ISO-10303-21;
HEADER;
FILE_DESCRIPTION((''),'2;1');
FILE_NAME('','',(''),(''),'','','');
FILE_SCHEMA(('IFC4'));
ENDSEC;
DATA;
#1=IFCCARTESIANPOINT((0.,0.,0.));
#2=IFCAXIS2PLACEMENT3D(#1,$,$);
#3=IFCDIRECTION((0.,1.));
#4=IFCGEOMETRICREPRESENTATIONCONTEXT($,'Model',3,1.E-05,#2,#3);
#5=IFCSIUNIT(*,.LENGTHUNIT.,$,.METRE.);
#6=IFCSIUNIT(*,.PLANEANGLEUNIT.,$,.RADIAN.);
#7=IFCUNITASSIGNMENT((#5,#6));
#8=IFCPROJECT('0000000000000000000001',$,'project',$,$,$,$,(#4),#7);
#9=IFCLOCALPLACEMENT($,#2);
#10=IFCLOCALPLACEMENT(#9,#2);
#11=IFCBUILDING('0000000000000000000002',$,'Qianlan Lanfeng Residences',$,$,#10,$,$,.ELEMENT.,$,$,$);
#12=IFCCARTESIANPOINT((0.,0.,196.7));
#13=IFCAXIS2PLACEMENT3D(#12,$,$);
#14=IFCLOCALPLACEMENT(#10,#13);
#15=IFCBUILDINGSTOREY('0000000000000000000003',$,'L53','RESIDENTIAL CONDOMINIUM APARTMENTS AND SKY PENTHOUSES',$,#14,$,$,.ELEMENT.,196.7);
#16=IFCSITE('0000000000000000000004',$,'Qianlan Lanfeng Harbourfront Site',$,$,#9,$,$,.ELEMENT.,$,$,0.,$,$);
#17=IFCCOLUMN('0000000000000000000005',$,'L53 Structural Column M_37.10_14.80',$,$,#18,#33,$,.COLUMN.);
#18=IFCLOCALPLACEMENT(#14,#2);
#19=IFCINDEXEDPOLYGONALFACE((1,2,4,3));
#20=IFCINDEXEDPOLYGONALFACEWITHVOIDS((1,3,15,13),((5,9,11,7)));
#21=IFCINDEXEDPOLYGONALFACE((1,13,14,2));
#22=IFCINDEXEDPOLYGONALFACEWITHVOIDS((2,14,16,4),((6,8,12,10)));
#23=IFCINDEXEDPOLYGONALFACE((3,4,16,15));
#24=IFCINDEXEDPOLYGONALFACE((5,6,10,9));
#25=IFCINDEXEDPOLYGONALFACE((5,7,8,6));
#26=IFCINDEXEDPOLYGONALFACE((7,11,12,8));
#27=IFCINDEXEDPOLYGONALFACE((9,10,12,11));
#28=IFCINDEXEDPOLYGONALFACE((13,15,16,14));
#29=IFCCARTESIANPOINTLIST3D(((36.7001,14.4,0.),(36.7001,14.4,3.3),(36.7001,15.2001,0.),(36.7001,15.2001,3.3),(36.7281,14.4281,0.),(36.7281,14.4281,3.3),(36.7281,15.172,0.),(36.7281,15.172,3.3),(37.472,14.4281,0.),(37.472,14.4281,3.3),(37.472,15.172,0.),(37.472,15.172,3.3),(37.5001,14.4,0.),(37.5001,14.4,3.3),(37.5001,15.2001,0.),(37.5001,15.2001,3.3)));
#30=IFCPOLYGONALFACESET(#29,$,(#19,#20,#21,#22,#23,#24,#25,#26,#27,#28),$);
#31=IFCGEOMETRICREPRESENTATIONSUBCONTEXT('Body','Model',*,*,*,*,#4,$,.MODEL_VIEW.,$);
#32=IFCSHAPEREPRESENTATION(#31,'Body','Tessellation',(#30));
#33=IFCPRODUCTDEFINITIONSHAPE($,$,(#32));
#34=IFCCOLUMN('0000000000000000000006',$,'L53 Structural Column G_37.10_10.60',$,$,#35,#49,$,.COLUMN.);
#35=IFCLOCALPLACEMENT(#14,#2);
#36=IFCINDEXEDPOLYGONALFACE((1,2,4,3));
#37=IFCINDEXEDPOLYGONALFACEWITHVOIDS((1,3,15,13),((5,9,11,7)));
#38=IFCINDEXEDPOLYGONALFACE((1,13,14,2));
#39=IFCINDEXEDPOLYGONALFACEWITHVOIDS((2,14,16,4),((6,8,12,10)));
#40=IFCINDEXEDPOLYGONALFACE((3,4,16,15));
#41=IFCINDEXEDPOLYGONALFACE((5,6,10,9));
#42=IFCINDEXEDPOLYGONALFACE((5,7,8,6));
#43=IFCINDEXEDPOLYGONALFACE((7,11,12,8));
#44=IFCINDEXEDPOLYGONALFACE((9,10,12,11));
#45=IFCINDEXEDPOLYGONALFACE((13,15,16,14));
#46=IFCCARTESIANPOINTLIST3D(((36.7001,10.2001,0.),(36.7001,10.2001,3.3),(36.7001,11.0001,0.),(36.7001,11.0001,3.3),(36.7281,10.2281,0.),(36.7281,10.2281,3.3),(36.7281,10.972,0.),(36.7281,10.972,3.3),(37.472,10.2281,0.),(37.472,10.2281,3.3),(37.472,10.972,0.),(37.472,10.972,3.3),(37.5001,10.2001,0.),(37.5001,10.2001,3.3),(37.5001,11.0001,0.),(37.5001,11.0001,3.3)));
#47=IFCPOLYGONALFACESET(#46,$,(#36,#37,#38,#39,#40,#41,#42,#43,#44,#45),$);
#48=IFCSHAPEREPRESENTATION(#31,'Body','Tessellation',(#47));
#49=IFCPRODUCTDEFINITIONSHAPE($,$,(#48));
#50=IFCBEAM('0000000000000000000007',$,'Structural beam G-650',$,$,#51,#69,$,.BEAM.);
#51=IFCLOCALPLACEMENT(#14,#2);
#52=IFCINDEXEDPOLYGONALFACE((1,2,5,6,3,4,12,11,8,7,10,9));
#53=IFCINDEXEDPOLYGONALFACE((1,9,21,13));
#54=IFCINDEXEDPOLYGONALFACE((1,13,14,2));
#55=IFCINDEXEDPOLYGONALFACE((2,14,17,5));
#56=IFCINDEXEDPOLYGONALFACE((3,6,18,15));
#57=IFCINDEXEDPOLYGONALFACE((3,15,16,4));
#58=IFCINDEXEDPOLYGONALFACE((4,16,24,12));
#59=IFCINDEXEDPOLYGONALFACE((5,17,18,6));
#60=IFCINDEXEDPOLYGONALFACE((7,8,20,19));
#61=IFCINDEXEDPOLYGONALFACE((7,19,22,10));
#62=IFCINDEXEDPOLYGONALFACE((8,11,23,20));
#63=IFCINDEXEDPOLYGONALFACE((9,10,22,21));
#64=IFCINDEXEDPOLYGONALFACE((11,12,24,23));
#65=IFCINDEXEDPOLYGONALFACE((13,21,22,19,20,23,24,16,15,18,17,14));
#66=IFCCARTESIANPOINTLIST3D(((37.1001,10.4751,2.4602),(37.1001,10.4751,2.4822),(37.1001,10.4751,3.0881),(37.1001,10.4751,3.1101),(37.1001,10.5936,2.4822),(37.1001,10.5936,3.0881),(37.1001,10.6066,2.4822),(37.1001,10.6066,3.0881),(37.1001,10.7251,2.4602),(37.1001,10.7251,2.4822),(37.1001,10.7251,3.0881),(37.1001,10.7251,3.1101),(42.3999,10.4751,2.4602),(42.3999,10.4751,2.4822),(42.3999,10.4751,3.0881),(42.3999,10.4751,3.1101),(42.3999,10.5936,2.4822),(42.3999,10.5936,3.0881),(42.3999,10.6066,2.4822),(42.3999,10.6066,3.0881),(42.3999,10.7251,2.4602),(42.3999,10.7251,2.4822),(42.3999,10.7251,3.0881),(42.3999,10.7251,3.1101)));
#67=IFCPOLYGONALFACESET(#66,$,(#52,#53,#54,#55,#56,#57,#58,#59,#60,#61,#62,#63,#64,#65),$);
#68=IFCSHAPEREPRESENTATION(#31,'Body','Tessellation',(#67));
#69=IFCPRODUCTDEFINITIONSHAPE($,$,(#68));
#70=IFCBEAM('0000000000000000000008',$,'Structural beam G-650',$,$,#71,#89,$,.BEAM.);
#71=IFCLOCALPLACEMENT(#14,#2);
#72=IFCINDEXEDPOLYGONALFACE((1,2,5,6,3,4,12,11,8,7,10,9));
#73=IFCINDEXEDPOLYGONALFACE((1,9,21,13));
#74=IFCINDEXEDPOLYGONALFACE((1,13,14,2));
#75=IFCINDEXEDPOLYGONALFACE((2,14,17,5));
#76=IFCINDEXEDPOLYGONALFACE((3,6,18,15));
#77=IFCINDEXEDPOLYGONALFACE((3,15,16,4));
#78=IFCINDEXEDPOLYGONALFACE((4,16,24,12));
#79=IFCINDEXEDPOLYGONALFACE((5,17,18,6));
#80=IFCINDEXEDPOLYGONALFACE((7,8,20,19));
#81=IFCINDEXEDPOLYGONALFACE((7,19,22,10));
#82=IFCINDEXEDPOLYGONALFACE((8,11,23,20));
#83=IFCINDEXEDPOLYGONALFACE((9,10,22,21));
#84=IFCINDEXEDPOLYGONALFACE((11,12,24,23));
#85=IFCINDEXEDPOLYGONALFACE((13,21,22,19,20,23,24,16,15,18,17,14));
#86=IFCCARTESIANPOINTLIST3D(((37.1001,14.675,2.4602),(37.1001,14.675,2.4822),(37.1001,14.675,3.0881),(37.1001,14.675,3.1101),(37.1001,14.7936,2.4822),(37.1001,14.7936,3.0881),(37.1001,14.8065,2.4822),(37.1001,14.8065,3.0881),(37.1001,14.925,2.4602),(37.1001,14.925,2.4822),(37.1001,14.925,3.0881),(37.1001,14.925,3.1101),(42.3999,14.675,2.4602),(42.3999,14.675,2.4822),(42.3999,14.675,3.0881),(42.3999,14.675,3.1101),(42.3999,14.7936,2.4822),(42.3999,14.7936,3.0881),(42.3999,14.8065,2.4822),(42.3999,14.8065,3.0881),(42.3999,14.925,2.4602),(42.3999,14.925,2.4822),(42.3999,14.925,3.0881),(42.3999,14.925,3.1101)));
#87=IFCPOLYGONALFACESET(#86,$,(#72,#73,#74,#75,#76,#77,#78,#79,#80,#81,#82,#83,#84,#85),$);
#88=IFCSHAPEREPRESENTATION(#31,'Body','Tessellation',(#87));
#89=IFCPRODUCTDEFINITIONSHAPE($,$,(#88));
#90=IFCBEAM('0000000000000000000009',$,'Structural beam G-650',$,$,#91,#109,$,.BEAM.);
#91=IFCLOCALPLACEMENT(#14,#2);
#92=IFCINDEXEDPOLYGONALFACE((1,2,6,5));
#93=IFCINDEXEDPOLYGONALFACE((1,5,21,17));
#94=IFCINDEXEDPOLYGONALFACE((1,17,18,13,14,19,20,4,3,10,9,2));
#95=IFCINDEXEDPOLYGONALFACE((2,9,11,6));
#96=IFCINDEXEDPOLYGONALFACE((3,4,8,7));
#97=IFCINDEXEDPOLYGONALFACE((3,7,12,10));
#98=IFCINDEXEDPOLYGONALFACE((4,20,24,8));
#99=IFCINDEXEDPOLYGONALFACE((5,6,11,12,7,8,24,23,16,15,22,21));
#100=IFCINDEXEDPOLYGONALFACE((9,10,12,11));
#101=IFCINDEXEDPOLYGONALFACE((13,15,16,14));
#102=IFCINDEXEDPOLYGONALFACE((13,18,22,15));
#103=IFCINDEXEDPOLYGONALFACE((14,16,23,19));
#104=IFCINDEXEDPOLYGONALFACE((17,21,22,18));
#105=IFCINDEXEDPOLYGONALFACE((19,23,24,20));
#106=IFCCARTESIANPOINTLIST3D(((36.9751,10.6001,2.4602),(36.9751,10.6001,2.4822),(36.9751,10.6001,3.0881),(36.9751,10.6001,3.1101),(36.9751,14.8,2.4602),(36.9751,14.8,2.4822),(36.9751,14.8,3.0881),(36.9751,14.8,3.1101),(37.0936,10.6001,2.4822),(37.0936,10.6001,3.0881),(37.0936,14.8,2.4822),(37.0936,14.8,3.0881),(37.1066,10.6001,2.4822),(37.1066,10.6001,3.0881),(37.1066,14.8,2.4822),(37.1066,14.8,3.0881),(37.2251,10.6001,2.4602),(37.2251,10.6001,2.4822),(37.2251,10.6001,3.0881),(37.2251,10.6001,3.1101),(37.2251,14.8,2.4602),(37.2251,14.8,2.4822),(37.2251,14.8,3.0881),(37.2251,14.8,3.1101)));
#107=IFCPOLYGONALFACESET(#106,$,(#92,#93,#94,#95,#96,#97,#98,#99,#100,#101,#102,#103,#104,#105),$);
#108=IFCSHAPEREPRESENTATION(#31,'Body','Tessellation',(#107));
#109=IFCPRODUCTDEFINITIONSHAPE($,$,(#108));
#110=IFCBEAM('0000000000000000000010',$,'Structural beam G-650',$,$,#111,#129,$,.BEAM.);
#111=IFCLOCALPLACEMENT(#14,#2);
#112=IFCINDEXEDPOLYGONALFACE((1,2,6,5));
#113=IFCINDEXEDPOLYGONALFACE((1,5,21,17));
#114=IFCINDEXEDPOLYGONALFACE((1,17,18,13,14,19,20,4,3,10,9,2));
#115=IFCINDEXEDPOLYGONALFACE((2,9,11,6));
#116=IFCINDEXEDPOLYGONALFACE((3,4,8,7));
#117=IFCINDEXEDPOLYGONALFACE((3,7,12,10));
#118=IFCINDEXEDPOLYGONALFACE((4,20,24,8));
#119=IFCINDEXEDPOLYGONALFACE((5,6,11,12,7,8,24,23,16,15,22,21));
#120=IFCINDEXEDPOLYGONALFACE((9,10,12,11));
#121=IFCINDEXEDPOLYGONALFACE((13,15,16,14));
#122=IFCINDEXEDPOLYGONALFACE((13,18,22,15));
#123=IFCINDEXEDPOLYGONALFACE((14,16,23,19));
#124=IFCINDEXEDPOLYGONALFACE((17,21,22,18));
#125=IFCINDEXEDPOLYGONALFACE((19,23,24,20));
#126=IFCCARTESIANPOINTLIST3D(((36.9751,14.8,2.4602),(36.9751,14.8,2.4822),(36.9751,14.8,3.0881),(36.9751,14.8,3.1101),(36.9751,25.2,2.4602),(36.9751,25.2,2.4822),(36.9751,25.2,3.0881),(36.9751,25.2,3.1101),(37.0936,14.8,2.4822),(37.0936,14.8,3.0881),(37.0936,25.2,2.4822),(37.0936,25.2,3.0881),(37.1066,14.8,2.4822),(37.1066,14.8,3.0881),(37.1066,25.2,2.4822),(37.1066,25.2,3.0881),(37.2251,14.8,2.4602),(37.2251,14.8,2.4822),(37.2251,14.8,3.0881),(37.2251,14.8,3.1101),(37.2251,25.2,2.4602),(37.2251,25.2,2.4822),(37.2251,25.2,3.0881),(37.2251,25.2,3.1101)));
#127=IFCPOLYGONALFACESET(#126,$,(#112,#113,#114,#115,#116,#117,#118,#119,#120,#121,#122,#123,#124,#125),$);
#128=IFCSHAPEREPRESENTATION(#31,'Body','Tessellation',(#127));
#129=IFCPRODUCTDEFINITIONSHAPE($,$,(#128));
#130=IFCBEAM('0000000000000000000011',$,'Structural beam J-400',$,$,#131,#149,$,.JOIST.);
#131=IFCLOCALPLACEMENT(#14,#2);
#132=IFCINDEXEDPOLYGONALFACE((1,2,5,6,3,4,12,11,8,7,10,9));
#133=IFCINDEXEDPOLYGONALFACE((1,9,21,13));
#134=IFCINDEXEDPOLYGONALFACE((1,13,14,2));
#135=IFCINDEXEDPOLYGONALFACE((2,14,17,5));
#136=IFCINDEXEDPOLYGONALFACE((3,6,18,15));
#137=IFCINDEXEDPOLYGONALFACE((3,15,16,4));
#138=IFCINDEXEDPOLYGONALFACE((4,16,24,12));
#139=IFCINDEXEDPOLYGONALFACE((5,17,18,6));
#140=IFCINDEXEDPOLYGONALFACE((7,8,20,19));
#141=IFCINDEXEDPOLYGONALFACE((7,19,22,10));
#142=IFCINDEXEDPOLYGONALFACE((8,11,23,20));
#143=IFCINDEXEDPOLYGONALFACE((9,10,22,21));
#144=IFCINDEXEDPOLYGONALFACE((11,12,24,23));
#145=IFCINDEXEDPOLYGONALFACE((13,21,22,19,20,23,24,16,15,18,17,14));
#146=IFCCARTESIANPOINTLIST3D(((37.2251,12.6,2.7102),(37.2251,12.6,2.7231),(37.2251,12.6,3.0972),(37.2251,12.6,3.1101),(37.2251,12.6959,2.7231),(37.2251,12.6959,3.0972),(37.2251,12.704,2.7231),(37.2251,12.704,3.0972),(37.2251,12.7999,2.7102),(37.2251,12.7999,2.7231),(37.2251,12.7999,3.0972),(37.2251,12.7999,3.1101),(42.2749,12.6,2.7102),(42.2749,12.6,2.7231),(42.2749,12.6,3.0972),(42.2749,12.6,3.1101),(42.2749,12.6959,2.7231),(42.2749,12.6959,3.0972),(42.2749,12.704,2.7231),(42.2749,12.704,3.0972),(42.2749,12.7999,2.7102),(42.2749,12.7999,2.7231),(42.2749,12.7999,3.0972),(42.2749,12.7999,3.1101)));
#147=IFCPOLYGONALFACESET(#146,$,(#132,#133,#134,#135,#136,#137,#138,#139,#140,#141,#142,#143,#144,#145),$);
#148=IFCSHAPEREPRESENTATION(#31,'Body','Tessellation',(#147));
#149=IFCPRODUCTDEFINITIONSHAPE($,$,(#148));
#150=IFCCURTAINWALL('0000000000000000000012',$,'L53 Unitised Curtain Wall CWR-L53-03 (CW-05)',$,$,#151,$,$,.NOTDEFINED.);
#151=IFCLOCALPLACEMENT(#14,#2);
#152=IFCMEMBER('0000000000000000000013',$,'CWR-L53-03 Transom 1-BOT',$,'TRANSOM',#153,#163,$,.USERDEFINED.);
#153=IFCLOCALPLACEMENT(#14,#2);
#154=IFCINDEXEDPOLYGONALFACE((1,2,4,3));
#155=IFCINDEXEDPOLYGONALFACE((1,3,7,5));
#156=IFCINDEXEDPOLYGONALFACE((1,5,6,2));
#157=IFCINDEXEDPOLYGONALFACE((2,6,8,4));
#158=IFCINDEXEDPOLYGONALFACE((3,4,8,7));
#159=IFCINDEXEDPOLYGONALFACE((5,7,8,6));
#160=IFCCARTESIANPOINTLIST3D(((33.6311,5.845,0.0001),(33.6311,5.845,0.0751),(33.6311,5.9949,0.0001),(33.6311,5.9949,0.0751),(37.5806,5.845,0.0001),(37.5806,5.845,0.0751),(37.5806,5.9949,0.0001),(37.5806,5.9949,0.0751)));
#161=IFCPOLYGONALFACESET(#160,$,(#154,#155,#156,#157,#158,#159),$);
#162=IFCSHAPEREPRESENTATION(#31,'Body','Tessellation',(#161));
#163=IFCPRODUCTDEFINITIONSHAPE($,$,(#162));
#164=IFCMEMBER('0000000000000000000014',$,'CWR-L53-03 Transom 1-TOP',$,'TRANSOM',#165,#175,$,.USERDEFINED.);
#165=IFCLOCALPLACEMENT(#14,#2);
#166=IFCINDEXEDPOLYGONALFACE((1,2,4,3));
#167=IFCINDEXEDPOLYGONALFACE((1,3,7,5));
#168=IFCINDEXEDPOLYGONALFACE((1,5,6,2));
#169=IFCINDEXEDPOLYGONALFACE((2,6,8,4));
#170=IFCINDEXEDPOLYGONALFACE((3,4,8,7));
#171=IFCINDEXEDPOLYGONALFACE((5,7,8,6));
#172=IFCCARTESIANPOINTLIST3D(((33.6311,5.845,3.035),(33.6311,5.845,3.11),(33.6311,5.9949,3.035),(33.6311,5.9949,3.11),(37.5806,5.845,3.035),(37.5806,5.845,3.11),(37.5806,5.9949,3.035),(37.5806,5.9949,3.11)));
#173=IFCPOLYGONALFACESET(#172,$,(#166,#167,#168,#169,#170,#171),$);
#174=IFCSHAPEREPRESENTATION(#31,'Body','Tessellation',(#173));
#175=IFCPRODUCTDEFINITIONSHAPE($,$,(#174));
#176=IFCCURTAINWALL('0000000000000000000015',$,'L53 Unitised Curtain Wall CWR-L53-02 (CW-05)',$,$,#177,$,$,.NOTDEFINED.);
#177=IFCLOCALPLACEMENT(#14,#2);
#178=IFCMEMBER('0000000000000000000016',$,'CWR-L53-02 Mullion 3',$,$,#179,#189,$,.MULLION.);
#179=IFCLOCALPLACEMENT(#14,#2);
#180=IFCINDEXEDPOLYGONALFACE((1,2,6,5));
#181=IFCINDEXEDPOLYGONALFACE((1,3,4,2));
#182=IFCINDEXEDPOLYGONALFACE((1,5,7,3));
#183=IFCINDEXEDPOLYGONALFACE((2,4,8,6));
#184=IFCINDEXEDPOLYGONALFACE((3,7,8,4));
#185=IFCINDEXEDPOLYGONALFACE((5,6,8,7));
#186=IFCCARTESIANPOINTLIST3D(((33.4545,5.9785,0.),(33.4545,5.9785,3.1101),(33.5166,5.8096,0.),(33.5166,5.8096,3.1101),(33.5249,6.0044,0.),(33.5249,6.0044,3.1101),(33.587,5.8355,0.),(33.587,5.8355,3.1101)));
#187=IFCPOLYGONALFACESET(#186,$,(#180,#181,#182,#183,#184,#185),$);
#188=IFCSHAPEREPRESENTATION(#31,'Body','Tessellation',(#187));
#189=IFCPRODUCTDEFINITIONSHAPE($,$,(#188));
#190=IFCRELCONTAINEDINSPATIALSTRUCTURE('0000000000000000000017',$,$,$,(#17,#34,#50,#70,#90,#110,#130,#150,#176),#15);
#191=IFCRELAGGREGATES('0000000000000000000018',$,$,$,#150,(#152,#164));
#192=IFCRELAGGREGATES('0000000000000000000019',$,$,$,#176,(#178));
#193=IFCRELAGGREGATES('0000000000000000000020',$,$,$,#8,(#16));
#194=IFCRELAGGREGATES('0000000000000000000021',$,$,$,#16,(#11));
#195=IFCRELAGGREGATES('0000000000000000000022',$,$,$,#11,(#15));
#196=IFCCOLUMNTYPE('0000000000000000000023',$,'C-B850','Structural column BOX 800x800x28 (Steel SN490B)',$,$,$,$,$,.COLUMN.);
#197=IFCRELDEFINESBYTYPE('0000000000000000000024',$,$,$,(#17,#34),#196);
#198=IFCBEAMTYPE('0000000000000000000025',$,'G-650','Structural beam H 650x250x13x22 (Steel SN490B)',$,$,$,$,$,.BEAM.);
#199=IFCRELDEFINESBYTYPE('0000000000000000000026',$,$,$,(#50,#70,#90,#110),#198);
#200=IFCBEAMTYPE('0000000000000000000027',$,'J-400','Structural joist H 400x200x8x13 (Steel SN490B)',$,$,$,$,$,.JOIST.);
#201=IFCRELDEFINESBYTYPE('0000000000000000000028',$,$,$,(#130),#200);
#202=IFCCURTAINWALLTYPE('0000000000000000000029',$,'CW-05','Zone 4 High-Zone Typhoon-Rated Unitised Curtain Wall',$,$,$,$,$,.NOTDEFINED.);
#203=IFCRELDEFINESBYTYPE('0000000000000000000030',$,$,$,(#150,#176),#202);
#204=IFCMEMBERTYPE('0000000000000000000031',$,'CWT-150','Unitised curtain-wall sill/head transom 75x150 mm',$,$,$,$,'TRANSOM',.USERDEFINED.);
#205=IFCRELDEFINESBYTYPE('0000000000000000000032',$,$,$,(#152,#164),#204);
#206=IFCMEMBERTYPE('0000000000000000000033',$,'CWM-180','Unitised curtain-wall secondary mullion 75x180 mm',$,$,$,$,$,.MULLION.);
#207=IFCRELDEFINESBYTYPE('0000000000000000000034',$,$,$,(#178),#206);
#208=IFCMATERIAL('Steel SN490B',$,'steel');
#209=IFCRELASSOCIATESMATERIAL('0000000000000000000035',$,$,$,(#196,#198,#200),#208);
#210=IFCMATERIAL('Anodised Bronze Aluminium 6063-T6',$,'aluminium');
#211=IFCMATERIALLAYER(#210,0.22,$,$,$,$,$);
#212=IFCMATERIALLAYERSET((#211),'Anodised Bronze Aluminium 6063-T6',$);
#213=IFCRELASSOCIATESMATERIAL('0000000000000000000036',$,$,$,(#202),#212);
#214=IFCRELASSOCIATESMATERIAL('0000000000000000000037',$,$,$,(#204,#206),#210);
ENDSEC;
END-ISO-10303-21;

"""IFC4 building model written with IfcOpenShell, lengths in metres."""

from ifc_helpers import new_model, si_unit, direction, frame, origin, origin_2d, place, context, subcontext, project, spatial, rectangle, hollow_rectangle, i_section, extrude, source, transform, mapped, material, layer, layer_set, material_profile, profile_set, type_object, element, aggregate, save


model = new_model("IFC4")

# Units and contexts
model_context = context("Model", 3, precision=1e-05, world=origin(), true_north=direction((0.0, 1.0)))
body_context = subcontext(model_context, "Body", "Model", "MODEL_VIEW")
ifc_project = project(units=[si_unit("LENGTHUNIT", "METRE"), si_unit("PLANEANGLEUNIT", "RADIAN")], contexts=[model_context])

# Site, building, storey
site_placement = place(None, origin())
site = spatial("IfcSite", under=ifc_project, at=site_placement, Name="Qianlan Lanfeng Harbourfront Site", CompositionType="ELEMENT", RefElevation=0.0)
building_placement = place(site_placement, origin())
building = spatial("IfcBuilding", under=site, at=building_placement, Name="Qianlan Lanfeng Residences", CompositionType="ELEMENT")
storey_placement = place(building_placement, frame((0.0, 0.0, 196.7)))
storey = spatial("IfcBuildingStorey", under=building, at=storey_placement, Name="L53", Description="RESIDENTIAL CONDOMINIUM APARTMENTS AND SKY PENTHOUSES", CompositionType="ELEMENT", Elevation=196.7)

# Columns
ifc_material_1 = material(Name="Steel SN490B", Category="steel")
ifc_material_profile_1 = material_profile(ifc_material_1, hollow_rectangle(XDim=0.8, YDim=0.8, WallThickness=0.0281, at=origin_2d()), Name="BOX 800x800x28")
ifc_profile_set_1 = profile_set([ifc_material_profile_1], Name="Steel SN490B")
column_type = type_object("IfcColumnType", Name="C-B850", Description="Structural column BOX 800x800x28 (Steel SN490B)", PredefinedType="COLUMN", material=ifc_profile_set_1)
for number, where, z_axis, x_axis, name in (
    (1, (37.1001, 14.8, 0.0), (0.0, 0.0, 1.0), (1.0, 0.0, 0.0), "L53 Structural Column M_37.10_14.80"),
    (2, (37.1001, 10.6001, 0.0), (0.0, 0.0, 1.0), (1.0, 0.0, 0.0), "L53 Structural Column G_37.10_10.60"),
):
    element("IfcColumn", number, at=place(storey_placement, frame(where, z_axis=z_axis, x_axis=x_axis)), inside=storey, type_object=column_type, Name=name, PredefinedType="COLUMN", context=body_context, shape_type="SweptSolid", body=[
        extrude(hollow_rectangle(XDim=0.8, YDim=0.8, WallThickness=0.0281, at=origin_2d()), origin(), (0.0, 0.0, 1.0), 3.3),
    ])

# Beams
ifc_material_profile_2 = material_profile(ifc_material_1, i_section(OverallWidth=0.25, OverallDepth=0.6499, WebThickness=0.0129, FlangeThickness=0.022, at=origin_2d()), Name="H 650x250x13x22")
ifc_profile_set_2 = profile_set([ifc_material_profile_2], Name="Steel SN490B")
beam_type_1 = type_object("IfcBeamType", Name="G-650", Description="Structural beam H 650x250x13x22 (Steel SN490B)", PredefinedType="BEAM", material=ifc_profile_set_2)
for number, where, z_axis, x_axis, name in (
    (3, (37.1001, 10.6001, 2.7852), (1.0, 0.0, 0.0), (0.0, 1.0, 0.0), "Structural beam G-650"),
    (4, (37.1001, 14.8, 2.7852), (1.0, 0.0, 0.0), (0.0, 1.0, 0.0), "Structural beam G-650"),
):
    element("IfcBeam", number, at=place(storey_placement, frame(where, z_axis=z_axis, x_axis=x_axis)), inside=storey, type_object=beam_type_1, Name=name, PredefinedType="BEAM", context=body_context, shape_type="SweptSolid", body=[
        extrude(i_section(OverallWidth=0.25, OverallDepth=0.6499, WebThickness=0.0129, FlangeThickness=0.022, at=origin_2d()), origin(), (0.0, 0.0, 1.0), 5.2998),
    ])
beam_1_placement = place(storey_placement, frame((37.1001, 10.6001, 2.7852), z_axis=(0.0, 1.0, 0.0), x_axis=(-1.0, 0.0, 0.0)))
element("IfcBeam", 5, at=beam_1_placement, inside=storey, type_object=beam_type_1, Name="Structural beam G-650", PredefinedType="BEAM", context=body_context, shape_type="SweptSolid", body=[
    extrude(i_section(OverallWidth=0.25, OverallDepth=0.6499, WebThickness=0.0129, FlangeThickness=0.022, at=origin_2d()), origin(), (0.0, 0.0, 1.0), 4.2),
])
beam_2_placement = place(storey_placement, frame((37.1001, 14.8, 2.7852), z_axis=(0.0, 1.0, 0.0), x_axis=(-1.0, 0.0, 0.0)))
element("IfcBeam", 6, at=beam_2_placement, inside=storey, type_object=beam_type_1, Name="Structural beam G-650", PredefinedType="BEAM", context=body_context, shape_type="SweptSolid", body=[
    extrude(i_section(OverallWidth=0.25, OverallDepth=0.6499, WebThickness=0.0129, FlangeThickness=0.022, at=origin_2d()), origin(), (0.0, 0.0, 1.0), 10.3999),
])
ifc_material_profile_3 = material_profile(ifc_material_1, i_section(OverallWidth=0.2, OverallDepth=0.3999, WebThickness=0.0081, FlangeThickness=0.0129, at=origin_2d()), Name="H 400x200x8x13")
ifc_profile_set_3 = profile_set([ifc_material_profile_3], Name="Steel SN490B")
beam_type_2 = type_object("IfcBeamType", Name="J-400", Description="Structural joist H 400x200x8x13 (Steel SN490B)", PredefinedType="JOIST", material=ifc_profile_set_3)
beam_3_placement = place(storey_placement, frame((37.2251, 12.7, 2.9102), z_axis=(1.0, 0.0, 0.0), x_axis=(0.0, 1.0, 0.0)))
element("IfcBeam", 7, at=beam_3_placement, inside=storey, type_object=beam_type_2, Name="Structural beam J-400", PredefinedType="JOIST", context=body_context, shape_type="SweptSolid", body=[
    extrude(i_section(OverallWidth=0.2, OverallDepth=0.3999, WebThickness=0.0081, FlangeThickness=0.0129, at=origin_2d()), origin(), (0.0, 0.0, 1.0), 5.0498),
])

# Curtain wall, members
ifc_material_2 = material(Name="Anodised Bronze Aluminium 6063-T6", Category="aluminium")
ifc_layer_1 = layer(ifc_material_2, 0.22)
ifc_layer_set_1 = layer_set([ifc_layer_1], Name="Anodised Bronze Aluminium 6063-T6")
curtain_wall_type = type_object("IfcCurtainWallType", Name="CW-05", Description="Zone 4 High-Zone Typhoon-Rated Unitised Curtain Wall", PredefinedType="NOTDEFINED", material=ifc_layer_set_1)
curtain_wall_1_placement = place(storey_placement, origin())
curtain_wall_1 = element("IfcCurtainWall", 8, at=curtain_wall_1_placement, inside=storey, type_object=curtain_wall_type, Name="L53 Unitised Curtain Wall CWR-L53-03 (CW-05)", PredefinedType="NOTDEFINED")
ifc_material_profile_4 = material_profile(ifc_material_2, rectangle(XDim=0.075, YDim=0.1499, at=origin_2d()), Name="ALU TRANSOM 75x150")
ifc_profile_set_4 = profile_set([ifc_material_profile_4], Name="Anodised Bronze Aluminium 6063-T6")
member_type_1 = type_object("IfcMemberType", Name="CWT-150", Description="Unitised curtain-wall sill/head transom 75x150 mm", ElementType="TRANSOM", PredefinedType="USERDEFINED", material=ifc_profile_set_4)
shared_shape_1 = source(origin(), body_context, "Body", "SweptSolid", [
    extrude(rectangle(XDim=0.075, YDim=0.1499, at=origin_2d()), origin(), (0.0, 0.0, 1.0), 3.9495),
])
member_1_placement = place(storey_placement, frame((33.6311, 5.9199, 0.0376), z_axis=(1.0, 0.0, 0.0), x_axis=(0.0, 0.0, 1.0)))
member_1 = element("IfcMember", 9, at=member_1_placement, type_object=member_type_1, Name="CWR-L53-03 Transom 1-BOT", ObjectType="TRANSOM", PredefinedType="USERDEFINED", context=body_context, shape_type="MappedRepresentation", body=[
    mapped(shared_shape_1, transform((0.0, 0.0, 0.0), scale=1.0)),
])
member_2_placement = place(storey_placement, frame((33.6311, 5.9199, 3.0725), z_axis=(1.0, 0.0, 0.0), x_axis=(0.0, 0.0, 1.0)))
member_2 = element("IfcMember", 10, at=member_2_placement, type_object=member_type_1, Name="CWR-L53-03 Transom 1-TOP", ObjectType="TRANSOM", PredefinedType="USERDEFINED", context=body_context, shape_type="MappedRepresentation", body=[
    mapped(shared_shape_1, transform((0.0, 0.0, 0.0), scale=1.0)),
])

# Curtain wall, member
curtain_wall_2_placement = place(storey_placement, origin())
curtain_wall_2 = element("IfcCurtainWall", 11, at=curtain_wall_2_placement, inside=storey, type_object=curtain_wall_type, Name="L53 Unitised Curtain Wall CWR-L53-02 (CW-05)", PredefinedType="NOTDEFINED")
ifc_material_profile_5 = material_profile(ifc_material_2, rectangle(XDim=0.075, YDim=0.1799, at=origin_2d()), Name="ALU MULLION 75x180")
ifc_profile_set_5 = profile_set([ifc_material_profile_5], Name="Anodised Bronze Aluminium 6063-T6")
member_type_2 = type_object("IfcMemberType", Name="CWM-180", Description="Unitised curtain-wall secondary mullion 75x180 mm", PredefinedType="MULLION", material=ifc_profile_set_5)
shared_shape_2 = source(origin(), body_context, "Body", "SweptSolid", [
    extrude(rectangle(XDim=0.075, YDim=0.1799, at=origin_2d()), origin(), (0.0, 0.0, 1.0), 3.1101),
])
member_3_placement = place(storey_placement, frame((33.5208, 5.907, 0.0), z_axis=(0.0, 0.0, 1.0), x_axis=(0.938626, 0.344938, 0.0)))
member_3 = element("IfcMember", 12, at=member_3_placement, type_object=member_type_2, Name="CWR-L53-02 Mullion 3", PredefinedType="MULLION", context=body_context, shape_type="MappedRepresentation", body=[
    mapped(shared_shape_2, transform((0.0, 0.0, 0.0), scale=1.0)),
])

aggregate(curtain_wall_1, [member_1, member_2])
aggregate(curtain_wall_2, [member_3])

save(model, "model.ifc")
